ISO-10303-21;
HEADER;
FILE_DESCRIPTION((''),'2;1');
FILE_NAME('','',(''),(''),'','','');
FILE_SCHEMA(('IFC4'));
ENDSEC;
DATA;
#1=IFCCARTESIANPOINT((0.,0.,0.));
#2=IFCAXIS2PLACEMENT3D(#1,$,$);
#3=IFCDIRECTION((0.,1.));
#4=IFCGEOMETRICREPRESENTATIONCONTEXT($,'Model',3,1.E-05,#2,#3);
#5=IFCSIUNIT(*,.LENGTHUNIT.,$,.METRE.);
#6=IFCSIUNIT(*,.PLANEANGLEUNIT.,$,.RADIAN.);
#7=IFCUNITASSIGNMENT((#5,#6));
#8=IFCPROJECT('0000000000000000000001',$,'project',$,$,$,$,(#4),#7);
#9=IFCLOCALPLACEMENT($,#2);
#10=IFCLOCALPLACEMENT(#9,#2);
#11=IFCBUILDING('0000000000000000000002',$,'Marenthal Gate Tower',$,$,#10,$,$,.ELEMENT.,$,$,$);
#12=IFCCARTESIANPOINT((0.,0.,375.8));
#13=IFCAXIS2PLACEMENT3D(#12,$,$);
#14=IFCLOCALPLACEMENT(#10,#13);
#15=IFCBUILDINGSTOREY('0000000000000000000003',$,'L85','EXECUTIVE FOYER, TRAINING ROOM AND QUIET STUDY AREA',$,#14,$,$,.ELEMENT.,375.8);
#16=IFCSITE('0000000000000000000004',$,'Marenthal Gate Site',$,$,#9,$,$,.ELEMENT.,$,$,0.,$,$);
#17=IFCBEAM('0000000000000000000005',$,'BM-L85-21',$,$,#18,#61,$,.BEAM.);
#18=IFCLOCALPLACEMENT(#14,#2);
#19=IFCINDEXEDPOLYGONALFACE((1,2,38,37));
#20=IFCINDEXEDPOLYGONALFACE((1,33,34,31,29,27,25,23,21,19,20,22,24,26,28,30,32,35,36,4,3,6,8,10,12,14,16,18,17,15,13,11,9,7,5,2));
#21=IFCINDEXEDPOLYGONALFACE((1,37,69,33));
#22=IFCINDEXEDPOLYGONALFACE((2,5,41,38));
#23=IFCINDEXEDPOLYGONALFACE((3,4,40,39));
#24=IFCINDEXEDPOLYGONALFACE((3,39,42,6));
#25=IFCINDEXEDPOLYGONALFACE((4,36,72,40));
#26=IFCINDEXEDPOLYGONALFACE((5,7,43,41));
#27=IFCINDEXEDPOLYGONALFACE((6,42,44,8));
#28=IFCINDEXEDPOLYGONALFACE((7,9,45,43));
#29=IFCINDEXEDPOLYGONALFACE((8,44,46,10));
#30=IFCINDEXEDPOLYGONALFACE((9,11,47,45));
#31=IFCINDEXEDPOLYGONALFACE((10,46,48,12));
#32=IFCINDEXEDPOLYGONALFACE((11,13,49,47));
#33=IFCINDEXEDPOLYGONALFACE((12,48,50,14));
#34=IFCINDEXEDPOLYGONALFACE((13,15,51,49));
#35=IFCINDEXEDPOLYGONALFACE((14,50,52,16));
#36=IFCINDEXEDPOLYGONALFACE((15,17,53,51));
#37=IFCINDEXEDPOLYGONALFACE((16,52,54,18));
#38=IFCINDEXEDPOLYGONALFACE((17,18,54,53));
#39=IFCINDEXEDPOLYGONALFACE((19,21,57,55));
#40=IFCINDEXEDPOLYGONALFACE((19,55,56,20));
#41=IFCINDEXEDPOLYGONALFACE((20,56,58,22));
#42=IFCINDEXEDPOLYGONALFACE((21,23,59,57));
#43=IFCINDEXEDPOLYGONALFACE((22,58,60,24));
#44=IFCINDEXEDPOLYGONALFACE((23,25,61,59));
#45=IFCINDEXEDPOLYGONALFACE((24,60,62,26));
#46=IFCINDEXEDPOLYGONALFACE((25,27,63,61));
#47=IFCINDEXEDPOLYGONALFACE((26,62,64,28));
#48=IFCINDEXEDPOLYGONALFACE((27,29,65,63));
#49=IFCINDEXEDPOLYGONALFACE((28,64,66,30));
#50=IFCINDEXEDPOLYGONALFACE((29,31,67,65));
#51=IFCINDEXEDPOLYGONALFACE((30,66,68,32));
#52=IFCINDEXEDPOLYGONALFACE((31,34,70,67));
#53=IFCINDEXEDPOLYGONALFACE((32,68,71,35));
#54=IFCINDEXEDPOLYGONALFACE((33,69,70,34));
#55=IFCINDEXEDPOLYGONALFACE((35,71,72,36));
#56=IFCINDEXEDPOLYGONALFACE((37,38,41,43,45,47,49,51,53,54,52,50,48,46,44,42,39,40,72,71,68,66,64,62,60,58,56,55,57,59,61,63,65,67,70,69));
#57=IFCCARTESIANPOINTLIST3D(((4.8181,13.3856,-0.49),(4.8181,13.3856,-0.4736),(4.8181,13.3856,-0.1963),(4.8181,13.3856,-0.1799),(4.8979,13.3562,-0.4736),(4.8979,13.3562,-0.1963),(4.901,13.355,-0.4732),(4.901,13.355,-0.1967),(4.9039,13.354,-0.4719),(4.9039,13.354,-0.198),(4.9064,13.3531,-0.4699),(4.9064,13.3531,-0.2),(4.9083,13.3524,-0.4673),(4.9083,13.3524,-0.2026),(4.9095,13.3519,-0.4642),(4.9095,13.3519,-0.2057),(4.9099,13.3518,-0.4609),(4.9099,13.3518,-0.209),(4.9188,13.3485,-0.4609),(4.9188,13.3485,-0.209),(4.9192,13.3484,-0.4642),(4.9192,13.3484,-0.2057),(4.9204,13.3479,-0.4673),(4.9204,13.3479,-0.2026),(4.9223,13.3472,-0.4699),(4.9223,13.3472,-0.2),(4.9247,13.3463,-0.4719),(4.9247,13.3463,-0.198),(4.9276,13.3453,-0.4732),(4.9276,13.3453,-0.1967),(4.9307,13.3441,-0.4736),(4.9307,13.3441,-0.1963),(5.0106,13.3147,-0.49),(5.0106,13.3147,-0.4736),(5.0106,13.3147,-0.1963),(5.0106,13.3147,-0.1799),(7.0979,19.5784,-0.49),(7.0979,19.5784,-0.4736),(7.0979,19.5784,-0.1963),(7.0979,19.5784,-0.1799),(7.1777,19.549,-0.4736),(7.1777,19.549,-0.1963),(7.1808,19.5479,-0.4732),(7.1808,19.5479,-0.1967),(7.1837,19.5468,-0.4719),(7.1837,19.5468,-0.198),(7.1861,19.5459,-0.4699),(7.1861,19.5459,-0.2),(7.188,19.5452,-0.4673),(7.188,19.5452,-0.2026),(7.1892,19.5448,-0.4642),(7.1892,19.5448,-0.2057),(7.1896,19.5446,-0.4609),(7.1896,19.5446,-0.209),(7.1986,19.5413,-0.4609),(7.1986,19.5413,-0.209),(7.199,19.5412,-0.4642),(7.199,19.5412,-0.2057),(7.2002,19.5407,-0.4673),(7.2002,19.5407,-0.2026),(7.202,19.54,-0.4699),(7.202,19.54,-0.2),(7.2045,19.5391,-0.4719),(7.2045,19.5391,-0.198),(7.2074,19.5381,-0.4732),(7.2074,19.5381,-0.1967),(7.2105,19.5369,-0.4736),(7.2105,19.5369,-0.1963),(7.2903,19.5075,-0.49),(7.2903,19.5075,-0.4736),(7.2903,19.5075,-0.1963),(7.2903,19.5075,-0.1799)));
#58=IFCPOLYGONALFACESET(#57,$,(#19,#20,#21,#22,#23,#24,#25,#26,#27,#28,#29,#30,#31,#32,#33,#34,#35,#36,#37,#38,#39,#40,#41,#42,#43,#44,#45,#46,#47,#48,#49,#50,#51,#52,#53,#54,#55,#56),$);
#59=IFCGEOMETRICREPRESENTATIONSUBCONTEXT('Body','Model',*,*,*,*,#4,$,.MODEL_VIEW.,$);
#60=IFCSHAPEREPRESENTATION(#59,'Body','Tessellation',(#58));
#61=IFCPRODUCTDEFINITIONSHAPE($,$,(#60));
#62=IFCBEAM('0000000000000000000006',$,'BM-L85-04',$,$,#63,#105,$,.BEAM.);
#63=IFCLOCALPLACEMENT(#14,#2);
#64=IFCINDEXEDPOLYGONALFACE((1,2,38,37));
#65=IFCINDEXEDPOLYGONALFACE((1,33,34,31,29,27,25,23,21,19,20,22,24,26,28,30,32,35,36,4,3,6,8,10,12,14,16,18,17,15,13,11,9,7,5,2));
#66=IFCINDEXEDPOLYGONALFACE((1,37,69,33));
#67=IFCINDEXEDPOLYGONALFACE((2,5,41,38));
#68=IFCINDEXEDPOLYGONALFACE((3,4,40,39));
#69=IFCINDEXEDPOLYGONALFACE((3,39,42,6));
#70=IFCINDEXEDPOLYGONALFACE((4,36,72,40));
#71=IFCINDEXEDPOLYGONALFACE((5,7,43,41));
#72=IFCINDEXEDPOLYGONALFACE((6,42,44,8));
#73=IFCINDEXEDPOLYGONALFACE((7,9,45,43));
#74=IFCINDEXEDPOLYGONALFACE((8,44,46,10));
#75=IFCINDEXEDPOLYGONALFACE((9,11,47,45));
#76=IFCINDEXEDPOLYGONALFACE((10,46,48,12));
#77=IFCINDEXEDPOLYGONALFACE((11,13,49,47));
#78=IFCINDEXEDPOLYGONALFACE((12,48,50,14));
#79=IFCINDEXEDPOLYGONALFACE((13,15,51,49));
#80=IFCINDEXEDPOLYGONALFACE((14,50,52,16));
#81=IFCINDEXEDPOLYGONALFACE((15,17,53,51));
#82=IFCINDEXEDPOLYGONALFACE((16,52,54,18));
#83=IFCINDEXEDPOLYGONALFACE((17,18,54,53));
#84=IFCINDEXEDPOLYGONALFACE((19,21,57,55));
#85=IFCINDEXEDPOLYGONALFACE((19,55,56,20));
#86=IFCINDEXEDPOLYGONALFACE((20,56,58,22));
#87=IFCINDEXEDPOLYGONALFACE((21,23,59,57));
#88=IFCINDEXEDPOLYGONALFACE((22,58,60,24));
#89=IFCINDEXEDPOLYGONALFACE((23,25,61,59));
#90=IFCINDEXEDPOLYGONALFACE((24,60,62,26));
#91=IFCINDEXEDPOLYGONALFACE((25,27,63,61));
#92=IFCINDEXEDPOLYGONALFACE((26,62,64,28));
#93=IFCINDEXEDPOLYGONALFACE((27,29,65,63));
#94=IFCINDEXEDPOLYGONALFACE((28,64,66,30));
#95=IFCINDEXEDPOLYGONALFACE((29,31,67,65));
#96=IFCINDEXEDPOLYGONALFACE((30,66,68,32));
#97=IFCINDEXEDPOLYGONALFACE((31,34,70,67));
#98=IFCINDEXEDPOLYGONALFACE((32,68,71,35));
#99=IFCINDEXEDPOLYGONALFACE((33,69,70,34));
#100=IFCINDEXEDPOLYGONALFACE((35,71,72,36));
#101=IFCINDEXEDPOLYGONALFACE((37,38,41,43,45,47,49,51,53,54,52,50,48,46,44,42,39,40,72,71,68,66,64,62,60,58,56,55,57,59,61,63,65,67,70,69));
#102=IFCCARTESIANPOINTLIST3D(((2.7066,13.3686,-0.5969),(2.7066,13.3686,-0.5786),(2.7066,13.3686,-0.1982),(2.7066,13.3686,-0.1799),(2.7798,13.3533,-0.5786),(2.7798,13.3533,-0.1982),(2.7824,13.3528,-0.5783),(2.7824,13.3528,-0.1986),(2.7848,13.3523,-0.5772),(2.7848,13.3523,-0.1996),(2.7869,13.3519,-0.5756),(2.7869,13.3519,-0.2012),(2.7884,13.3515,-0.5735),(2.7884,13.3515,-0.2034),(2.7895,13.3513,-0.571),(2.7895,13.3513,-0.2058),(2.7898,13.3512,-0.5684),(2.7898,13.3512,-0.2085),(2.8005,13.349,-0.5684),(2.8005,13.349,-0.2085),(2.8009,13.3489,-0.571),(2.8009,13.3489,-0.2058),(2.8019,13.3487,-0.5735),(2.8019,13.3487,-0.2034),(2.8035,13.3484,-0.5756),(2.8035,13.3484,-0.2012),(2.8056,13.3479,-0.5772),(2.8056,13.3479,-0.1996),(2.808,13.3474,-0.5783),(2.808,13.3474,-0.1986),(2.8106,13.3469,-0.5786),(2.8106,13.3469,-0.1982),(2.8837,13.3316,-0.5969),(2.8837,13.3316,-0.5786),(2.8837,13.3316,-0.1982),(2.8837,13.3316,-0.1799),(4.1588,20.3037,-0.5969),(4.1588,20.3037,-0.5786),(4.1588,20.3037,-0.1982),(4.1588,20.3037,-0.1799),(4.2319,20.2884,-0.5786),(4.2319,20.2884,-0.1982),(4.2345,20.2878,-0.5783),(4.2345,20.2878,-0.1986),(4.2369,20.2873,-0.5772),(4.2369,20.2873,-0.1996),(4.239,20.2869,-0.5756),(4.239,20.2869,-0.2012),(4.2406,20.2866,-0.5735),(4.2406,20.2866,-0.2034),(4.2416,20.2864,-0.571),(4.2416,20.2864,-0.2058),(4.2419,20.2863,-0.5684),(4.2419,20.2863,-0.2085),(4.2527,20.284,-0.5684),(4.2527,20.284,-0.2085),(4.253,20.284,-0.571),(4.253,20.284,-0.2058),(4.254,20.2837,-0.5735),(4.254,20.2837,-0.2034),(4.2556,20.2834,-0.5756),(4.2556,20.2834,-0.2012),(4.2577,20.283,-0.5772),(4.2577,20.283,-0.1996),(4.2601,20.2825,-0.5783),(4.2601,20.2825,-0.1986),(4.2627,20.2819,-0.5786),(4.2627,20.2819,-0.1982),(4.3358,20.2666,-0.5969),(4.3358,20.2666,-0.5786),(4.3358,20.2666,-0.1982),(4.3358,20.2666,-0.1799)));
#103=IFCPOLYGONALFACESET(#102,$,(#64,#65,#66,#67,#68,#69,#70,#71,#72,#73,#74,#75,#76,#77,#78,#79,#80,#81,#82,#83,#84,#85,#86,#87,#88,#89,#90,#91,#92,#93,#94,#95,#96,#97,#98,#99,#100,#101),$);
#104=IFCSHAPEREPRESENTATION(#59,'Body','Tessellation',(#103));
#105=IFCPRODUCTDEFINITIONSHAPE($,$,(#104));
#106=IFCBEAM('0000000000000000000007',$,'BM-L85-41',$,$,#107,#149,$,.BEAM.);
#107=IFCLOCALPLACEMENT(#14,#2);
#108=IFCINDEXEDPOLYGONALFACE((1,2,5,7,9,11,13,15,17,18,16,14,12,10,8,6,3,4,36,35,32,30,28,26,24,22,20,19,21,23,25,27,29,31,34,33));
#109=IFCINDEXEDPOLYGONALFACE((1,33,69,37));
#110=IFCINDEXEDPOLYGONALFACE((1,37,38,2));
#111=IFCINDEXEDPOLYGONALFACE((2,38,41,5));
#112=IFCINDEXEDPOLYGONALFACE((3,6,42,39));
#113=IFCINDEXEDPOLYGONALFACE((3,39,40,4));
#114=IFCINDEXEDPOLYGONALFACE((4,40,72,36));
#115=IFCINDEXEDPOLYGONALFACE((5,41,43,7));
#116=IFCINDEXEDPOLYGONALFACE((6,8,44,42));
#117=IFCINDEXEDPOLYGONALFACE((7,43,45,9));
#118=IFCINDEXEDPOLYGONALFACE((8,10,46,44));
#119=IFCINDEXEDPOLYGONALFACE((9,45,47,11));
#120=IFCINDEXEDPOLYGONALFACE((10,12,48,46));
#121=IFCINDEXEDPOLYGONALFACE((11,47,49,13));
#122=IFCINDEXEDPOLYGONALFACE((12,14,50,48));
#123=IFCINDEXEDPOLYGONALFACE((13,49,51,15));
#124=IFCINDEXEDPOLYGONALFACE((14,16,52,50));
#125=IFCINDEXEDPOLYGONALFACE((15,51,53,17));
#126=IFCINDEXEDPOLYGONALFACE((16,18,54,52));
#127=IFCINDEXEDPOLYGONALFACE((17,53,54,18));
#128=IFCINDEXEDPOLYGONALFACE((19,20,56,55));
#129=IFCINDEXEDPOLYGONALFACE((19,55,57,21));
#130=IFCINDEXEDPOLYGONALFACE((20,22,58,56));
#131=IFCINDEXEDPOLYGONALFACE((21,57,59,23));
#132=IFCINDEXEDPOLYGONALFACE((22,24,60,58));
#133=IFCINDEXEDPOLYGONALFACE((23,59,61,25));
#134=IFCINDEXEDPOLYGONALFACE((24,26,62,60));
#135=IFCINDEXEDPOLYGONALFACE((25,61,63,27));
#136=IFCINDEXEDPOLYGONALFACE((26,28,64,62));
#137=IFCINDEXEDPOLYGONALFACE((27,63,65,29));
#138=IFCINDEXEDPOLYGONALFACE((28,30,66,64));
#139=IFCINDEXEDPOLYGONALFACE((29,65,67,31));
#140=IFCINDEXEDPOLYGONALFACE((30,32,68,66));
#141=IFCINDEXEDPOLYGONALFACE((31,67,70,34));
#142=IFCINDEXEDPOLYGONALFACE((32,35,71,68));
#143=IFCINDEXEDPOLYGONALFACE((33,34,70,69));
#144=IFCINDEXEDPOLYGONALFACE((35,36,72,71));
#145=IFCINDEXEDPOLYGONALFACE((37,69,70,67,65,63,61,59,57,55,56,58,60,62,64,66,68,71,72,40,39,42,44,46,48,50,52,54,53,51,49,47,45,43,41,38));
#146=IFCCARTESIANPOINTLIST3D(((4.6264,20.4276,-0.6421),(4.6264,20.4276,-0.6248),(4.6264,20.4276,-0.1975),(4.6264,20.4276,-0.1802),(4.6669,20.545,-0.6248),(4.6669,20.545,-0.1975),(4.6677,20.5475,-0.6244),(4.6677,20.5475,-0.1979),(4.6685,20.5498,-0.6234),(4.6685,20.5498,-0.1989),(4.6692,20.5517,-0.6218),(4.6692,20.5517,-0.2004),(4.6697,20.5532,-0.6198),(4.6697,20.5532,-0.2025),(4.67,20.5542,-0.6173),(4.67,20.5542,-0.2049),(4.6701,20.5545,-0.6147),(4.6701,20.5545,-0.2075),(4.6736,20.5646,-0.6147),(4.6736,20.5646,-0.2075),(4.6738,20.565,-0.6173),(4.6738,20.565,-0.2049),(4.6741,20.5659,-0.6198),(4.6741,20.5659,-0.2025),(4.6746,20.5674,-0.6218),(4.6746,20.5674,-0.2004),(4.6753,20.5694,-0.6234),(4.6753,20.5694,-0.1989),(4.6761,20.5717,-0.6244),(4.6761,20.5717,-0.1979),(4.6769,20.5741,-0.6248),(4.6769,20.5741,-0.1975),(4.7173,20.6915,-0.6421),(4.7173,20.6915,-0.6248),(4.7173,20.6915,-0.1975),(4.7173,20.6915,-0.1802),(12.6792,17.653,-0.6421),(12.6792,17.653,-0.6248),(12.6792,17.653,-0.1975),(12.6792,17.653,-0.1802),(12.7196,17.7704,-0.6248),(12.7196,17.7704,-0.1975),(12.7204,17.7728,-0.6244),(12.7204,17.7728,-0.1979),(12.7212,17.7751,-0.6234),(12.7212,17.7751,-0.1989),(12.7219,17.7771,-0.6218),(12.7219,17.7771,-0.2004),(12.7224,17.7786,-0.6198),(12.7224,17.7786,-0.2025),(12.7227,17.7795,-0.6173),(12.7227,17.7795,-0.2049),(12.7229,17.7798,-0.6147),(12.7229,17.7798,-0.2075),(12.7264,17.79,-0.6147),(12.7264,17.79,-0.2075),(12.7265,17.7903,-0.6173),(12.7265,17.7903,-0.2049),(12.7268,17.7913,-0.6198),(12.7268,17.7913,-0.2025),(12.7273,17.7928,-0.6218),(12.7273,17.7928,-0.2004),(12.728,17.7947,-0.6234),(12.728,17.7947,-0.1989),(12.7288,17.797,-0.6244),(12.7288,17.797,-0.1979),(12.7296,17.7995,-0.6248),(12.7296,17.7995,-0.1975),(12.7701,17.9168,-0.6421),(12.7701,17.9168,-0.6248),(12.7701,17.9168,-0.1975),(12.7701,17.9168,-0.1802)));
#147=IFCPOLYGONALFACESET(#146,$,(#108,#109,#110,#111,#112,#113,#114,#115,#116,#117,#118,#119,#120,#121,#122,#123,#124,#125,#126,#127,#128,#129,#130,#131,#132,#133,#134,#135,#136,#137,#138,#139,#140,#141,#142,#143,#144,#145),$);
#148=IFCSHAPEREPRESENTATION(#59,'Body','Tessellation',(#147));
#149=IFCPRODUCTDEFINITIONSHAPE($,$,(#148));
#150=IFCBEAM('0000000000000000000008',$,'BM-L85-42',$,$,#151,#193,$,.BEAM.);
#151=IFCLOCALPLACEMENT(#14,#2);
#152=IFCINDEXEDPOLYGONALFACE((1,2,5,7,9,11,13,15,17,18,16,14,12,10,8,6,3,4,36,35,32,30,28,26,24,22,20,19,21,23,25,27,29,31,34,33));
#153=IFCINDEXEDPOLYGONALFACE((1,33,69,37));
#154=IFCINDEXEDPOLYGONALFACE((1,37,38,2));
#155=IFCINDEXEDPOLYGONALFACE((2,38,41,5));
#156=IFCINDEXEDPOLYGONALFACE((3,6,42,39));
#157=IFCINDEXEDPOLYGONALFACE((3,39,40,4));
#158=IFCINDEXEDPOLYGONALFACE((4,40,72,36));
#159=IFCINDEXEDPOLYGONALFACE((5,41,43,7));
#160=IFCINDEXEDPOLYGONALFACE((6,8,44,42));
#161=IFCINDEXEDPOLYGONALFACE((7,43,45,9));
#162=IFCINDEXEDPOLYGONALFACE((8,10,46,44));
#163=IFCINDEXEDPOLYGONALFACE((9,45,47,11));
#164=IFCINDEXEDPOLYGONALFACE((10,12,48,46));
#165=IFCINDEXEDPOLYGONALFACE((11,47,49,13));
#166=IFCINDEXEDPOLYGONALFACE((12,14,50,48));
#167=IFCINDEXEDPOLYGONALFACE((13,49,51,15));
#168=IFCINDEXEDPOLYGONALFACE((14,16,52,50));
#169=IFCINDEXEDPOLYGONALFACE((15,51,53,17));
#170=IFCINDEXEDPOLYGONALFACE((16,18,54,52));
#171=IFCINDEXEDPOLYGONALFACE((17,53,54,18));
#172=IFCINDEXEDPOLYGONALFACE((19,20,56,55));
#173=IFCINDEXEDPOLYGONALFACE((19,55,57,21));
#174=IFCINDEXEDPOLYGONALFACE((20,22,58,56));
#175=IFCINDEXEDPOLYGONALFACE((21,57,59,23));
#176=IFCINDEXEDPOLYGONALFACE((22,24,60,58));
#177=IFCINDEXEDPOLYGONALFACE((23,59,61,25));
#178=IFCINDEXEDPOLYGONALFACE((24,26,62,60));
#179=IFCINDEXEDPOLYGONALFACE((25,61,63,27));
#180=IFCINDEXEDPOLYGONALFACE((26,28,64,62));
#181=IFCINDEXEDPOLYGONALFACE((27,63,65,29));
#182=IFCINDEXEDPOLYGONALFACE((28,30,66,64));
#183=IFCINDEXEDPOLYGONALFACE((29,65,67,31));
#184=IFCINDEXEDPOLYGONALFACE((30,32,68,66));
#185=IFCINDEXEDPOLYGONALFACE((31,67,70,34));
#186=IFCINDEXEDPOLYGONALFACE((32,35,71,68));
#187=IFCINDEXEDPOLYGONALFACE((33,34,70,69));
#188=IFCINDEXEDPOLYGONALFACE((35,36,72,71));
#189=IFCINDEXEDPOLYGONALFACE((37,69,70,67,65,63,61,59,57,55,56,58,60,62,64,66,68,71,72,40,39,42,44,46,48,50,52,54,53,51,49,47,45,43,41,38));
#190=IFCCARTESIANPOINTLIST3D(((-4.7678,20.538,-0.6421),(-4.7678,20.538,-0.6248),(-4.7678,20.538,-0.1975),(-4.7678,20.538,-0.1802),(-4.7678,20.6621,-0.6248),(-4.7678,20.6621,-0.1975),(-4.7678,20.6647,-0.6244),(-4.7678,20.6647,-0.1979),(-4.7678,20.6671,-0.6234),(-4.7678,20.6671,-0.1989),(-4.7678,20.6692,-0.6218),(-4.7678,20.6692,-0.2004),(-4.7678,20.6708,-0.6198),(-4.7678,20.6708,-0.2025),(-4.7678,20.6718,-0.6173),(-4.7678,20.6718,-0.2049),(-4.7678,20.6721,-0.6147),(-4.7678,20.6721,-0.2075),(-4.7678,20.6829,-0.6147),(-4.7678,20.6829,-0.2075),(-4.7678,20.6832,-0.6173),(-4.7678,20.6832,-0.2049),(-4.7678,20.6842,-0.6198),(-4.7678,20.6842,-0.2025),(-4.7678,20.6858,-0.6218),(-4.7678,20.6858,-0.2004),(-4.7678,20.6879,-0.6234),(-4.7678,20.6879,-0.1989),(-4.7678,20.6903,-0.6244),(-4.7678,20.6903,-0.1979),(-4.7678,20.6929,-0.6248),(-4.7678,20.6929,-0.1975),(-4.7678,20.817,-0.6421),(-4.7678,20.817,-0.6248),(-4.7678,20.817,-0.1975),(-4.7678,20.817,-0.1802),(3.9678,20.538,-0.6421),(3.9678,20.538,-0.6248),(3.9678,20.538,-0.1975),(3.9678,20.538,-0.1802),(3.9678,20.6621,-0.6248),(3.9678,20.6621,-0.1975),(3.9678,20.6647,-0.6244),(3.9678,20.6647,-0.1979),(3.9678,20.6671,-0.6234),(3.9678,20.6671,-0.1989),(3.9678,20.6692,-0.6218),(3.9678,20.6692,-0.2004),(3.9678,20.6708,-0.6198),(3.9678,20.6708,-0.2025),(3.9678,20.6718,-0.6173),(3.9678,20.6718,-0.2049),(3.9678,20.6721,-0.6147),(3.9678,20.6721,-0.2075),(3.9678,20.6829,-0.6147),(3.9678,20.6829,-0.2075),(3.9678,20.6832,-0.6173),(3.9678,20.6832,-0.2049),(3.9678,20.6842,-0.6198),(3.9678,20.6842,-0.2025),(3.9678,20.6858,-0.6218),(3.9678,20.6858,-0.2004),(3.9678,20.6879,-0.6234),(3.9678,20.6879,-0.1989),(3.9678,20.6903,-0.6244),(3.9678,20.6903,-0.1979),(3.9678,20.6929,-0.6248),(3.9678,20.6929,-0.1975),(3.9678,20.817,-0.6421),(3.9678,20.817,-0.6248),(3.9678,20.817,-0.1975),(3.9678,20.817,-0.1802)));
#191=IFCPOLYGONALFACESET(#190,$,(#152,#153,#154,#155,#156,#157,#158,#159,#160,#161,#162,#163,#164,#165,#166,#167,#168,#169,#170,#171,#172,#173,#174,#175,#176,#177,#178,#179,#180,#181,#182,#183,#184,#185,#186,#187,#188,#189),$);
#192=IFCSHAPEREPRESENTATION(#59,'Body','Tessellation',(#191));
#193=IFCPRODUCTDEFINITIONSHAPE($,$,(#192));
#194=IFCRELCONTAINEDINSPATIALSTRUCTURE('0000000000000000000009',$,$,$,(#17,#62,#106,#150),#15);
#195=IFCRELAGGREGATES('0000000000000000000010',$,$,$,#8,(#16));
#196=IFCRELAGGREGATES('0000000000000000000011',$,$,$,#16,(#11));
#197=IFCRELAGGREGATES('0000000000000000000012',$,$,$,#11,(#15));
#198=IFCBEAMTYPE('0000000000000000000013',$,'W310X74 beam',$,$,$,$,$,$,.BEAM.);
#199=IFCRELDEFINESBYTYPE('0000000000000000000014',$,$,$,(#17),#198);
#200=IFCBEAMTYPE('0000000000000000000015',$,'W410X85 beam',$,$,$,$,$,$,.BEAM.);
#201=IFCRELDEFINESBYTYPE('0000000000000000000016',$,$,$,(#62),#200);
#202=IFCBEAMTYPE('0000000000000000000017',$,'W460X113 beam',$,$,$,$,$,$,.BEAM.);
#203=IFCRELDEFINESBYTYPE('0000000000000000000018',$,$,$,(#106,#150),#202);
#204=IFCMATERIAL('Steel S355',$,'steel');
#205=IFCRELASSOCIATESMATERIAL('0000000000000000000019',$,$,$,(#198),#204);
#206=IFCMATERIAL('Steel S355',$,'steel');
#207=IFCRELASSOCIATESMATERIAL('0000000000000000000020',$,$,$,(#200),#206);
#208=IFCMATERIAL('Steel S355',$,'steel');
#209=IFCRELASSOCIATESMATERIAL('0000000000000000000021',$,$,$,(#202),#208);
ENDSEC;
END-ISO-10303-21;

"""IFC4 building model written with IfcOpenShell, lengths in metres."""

from ifc_helpers import new_model, si_unit, direction, frame, origin, origin_2d, place, context, subcontext, project, spatial, i_section, extrude, material, material_profile, profile_set, type_object, element, save


model = new_model("IFC4")

# Units and contexts
model_context = context("Model", 3, precision=1e-05, world=origin(), true_north=direction((0.0, 1.0)))
body_context = subcontext(model_context, "Body", "Model", "MODEL_VIEW")
ifc_project = project(units=[si_unit("LENGTHUNIT", "METRE"), si_unit("PLANEANGLEUNIT", "RADIAN")], contexts=[model_context])

# Site, building, storey
site_placement = place(None, origin())
site = spatial("IfcSite", under=ifc_project, at=site_placement, Name="Marenthal Gate Site", CompositionType="ELEMENT", RefElevation=0.0)
building_placement = place(site_placement, origin())
building = spatial("IfcBuilding", under=site, at=building_placement, Name="Marenthal Gate Tower", CompositionType="ELEMENT")
storey_placement = place(building_placement, frame((0.0, 0.0, 375.8)))
storey = spatial("IfcBuildingStorey", under=building, at=storey_placement, Name="L85", Description="EXECUTIVE FOYER, TRAINING ROOM AND QUIET STUDY AREA", CompositionType="ELEMENT", Elevation=375.8)

# Beams
ifc_material_1 = material(Name="Steel S355", Category="steel")
ifc_material_profile_1 = material_profile(ifc_material_1, i_section(OverallWidth=0.2051, OverallDepth=0.3101, WebThickness=0.0095, FlangeThickness=0.0164, FilletRadius=0.0127, at=origin_2d()), Name="W310X74")
ifc_profile_set_1 = profile_set([ifc_material_profile_1], Name="Steel S355")
beam_type_1 = type_object("IfcBeamType", Name="W310X74 beam", PredefinedType="BEAM", material=ifc_profile_set_1)
beam_1_placement = place(storey_placement, frame((7.1941, 19.543, -0.335), z_axis=(-0.345465, -0.938432, 0.0), x_axis=(0.938432, -0.345465, 0.0)))
element("IfcBeam", 1, at=beam_1_placement, inside=storey, type_object=beam_type_1, Name="BM-L85-21", PredefinedType="BEAM", context=body_context, shape_type="SweptSolid", body=[
    extrude(i_section(OverallWidth=0.2051, OverallDepth=0.3101, WebThickness=0.0095, FlangeThickness=0.0164, FilletRadius=0.0127, at=origin_2d()), origin(), (0.0, 0.0, 1.0), 6.5991),
])
ifc_material_2 = material(Name="Steel S355", Category="steel")
ifc_material_profile_2 = material_profile(ifc_material_2, i_section(OverallWidth=0.1809, OverallDepth=0.417, WebThickness=0.011, FlangeThickness=0.0183, FilletRadius=0.0103, at=origin_2d()), Name="W410X85")
ifc_profile_set_2 = profile_set([ifc_material_profile_2], Name="Steel S355")
beam_type_2 = type_object("IfcBeamType", Name="W410X85 beam", PredefinedType="BEAM", material=ifc_profile_set_2)
beam_2_placement = place(storey_placement, frame((4.2473, 20.2852, -0.3884), z_axis=(-0.204948, -0.978773, 0.0), x_axis=(0.978773, -0.204948, 0.0)))
element("IfcBeam", 2, at=beam_2_placement, inside=storey, type_object=beam_type_2, Name="BM-L85-04", PredefinedType="BEAM", context=body_context, shape_type="SweptSolid", body=[
    extrude(i_section(OverallWidth=0.1809, OverallDepth=0.417, WebThickness=0.011, FlangeThickness=0.0183, FilletRadius=0.0103, at=origin_2d()), origin(), (0.0, 0.0, 1.0), 7.0854),
])
ifc_material_3 = material(Name="Steel S355", Category="steel")
ifc_material_profile_3 = material_profile(ifc_material_3, i_section(OverallWidth=0.2791, OverallDepth=0.4619, WebThickness=0.0107, FlangeThickness=0.0173, FilletRadius=0.01, at=origin_2d()), Name="W460X113")
ifc_profile_set_3 = profile_set([ifc_material_profile_3], Name="Steel S355")
beam_type_3 = type_object("IfcBeamType", Name="W460X113 beam", PredefinedType="BEAM", material=ifc_profile_set_3)
beam_3_placement = place(storey_placement, frame((12.7246, 17.7849, -0.4111), z_axis=(-0.945451, 0.325765, 0.0), x_axis=(-0.325765, -0.945451, 0.0)))
element("IfcBeam", 3, at=beam_3_placement, inside=storey, type_object=beam_type_3, Name="BM-L85-41", PredefinedType="BEAM", context=body_context, shape_type="SweptSolid", body=[
    extrude(i_section(OverallWidth=0.2791, OverallDepth=0.4619, WebThickness=0.0107, FlangeThickness=0.0173, FilletRadius=0.01, at=origin_2d()), origin(), (0.0, 0.0, 1.0), 8.5173),
])
beam_4_placement = place(storey_placement, frame((3.9678, 20.6775, -0.4111), z_axis=(-1.0, 0.0, 0.0), x_axis=(0.0, -1.0, 0.0)))
element("IfcBeam", 4, at=beam_4_placement, inside=storey, type_object=beam_type_3, Name="BM-L85-42", PredefinedType="BEAM", context=body_context, shape_type="SweptSolid", body=[
    extrude(i_section(OverallWidth=0.2791, OverallDepth=0.4619, WebThickness=0.0107, FlangeThickness=0.0173, FilletRadius=0.01, at=origin_2d()), origin(), (0.0, 0.0, 1.0), 8.7356),
])

save(model, "model.ifc")
